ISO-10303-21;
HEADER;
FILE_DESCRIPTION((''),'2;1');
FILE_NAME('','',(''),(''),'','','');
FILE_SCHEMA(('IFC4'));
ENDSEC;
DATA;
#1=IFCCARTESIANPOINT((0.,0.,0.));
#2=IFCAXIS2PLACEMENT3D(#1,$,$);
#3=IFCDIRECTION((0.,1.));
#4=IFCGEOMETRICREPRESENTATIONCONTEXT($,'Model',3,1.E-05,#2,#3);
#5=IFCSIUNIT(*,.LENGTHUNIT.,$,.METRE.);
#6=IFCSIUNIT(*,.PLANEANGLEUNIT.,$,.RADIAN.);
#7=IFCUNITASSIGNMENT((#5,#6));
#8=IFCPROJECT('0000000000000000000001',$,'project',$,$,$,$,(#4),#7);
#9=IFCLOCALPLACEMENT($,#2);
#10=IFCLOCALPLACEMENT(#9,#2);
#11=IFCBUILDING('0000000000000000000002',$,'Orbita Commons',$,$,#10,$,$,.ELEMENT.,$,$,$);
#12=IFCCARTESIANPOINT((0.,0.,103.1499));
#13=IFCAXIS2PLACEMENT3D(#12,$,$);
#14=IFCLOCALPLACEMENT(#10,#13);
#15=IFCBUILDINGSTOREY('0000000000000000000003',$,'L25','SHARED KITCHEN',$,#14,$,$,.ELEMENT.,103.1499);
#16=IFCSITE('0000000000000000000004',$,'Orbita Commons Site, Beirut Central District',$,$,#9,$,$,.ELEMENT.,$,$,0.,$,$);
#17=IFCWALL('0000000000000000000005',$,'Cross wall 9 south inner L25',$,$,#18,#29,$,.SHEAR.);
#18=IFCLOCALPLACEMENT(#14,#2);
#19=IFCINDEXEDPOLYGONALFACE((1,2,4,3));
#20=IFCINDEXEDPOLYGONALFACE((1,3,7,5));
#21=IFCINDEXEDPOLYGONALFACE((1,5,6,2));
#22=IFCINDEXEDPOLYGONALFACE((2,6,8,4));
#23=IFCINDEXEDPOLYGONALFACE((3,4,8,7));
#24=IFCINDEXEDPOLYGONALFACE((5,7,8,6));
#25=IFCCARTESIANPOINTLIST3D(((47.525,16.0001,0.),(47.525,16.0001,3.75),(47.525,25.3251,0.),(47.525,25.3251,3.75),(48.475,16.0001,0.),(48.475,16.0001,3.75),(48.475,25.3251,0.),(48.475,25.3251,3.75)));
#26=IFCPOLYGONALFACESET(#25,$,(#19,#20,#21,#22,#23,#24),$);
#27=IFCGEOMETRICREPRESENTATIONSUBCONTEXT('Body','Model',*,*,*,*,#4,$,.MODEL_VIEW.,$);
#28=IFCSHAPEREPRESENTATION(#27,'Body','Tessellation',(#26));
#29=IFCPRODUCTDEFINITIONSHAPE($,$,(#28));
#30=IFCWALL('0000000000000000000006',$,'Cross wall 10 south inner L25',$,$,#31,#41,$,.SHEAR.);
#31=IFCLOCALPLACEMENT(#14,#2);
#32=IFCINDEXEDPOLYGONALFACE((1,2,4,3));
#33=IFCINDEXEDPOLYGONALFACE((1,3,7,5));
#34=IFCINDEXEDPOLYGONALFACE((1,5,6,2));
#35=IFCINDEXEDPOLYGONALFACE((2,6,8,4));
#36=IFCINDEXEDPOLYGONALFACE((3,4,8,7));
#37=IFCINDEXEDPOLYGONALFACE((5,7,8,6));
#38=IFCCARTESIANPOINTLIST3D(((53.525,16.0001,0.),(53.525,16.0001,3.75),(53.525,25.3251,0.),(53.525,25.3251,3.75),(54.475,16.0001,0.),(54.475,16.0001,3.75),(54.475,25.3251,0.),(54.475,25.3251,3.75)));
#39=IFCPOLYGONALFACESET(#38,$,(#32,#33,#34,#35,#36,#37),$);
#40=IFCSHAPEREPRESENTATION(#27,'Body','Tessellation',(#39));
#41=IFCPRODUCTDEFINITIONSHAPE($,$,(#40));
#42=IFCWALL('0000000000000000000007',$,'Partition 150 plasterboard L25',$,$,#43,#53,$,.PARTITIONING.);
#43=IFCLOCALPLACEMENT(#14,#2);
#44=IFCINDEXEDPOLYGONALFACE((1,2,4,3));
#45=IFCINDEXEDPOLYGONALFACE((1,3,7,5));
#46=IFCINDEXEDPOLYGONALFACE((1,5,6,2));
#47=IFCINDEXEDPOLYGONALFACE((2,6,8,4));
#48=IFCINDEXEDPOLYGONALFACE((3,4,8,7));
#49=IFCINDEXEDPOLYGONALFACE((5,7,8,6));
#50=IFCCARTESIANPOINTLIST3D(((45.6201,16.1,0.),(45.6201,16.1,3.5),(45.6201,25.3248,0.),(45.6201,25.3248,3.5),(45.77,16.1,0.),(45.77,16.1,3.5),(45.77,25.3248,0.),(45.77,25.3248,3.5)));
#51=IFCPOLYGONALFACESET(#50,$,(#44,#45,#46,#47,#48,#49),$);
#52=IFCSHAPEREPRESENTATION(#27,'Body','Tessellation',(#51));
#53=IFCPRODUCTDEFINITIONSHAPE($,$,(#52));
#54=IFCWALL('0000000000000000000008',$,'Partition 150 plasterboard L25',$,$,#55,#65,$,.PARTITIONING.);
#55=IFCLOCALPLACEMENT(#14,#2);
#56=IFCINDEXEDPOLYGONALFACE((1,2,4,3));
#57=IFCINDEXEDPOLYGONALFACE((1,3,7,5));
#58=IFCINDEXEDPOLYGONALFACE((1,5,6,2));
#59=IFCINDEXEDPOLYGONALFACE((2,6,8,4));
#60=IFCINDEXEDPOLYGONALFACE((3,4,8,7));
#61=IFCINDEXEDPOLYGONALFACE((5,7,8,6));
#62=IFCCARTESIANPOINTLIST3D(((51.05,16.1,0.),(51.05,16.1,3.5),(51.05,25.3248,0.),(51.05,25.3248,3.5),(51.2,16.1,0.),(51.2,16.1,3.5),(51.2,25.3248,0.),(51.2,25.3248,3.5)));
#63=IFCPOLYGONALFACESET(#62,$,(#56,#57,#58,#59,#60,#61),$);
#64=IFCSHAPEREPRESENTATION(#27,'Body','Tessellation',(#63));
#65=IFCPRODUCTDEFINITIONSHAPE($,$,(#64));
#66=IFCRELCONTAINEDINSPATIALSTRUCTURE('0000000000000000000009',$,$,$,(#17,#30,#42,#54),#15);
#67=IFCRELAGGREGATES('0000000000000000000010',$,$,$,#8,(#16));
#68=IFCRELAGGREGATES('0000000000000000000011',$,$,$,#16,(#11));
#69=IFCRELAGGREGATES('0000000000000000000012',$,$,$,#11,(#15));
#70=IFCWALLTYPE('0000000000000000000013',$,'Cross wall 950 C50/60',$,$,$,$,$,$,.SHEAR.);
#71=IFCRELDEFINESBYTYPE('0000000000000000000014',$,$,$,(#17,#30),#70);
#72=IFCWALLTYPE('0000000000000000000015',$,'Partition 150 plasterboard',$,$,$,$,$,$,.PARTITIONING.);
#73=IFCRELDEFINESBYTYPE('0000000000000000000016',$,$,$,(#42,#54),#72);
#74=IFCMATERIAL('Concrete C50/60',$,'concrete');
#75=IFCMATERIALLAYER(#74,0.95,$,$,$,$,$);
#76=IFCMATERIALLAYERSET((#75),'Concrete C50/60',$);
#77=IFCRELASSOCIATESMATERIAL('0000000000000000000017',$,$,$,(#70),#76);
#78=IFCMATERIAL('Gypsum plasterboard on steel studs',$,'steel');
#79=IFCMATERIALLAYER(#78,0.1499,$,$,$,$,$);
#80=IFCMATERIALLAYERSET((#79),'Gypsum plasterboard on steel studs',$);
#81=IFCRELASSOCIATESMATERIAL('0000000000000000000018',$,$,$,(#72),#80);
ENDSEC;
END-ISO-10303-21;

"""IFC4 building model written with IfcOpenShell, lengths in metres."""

from ifc_helpers import new_model, si_unit, direction, frame, frame_2d, origin, place, context, subcontext, project, spatial, rectangle, extrude, material, layer, layer_set, type_object, element, save


model = new_model("IFC4")

# Units and contexts
model_context = context("Model", 3, precision=1e-05, world=origin(), true_north=direction((0.0, 1.0)))
body_context = subcontext(model_context, "Body", "Model", "MODEL_VIEW")
ifc_project = project(units=[si_unit("LENGTHUNIT", "METRE"), si_unit("PLANEANGLEUNIT", "RADIAN")], contexts=[model_context])

# Site, building, storey
site_placement = place(None, origin())
site = spatial("IfcSite", under=ifc_project, at=site_placement, Name="Orbita Commons Site, Beirut Central District", CompositionType="ELEMENT", RefElevation=0.0)
building_placement = place(site_placement, origin())
building = spatial("IfcBuilding", under=site, at=building_placement, Name="Orbita Commons", CompositionType="ELEMENT")
storey_placement = place(building_placement, frame((0.0, 0.0, 103.1499)))
storey = spatial("IfcBuildingStorey", under=building, at=storey_placement, Name="L25", Description="SHARED KITCHEN", CompositionType="ELEMENT", Elevation=103.1499)

# Walls
ifc_material_1 = material(Name="Concrete C50/60", Category="concrete")
ifc_layer_1 = layer(ifc_material_1, 0.95)
ifc_layer_set_1 = layer_set([ifc_layer_1], Name="Concrete C50/60")
wall_type_1 = type_object("IfcWallType", Name="Cross wall 950 C50/60", PredefinedType="SHEAR", material=ifc_layer_set_1)
for number, where, z_axis, x_axis, name in (
    (1, (48.0, 16.0, 0.0), (0.0, 0.0, 1.0), (0.0, 1.0, 0.0), "Cross wall 9 south inner L25"),
    (2, (54.0, 16.0, 0.0), (0.0, 0.0, 1.0), (0.0, 1.0, 0.0), "Cross wall 10 south inner L25"),
):
    element("IfcWall", number, at=place(storey_placement, frame(where, z_axis=z_axis, x_axis=x_axis)), inside=storey, type_object=wall_type_1, Name=name, PredefinedType="SHEAR", context=body_context, shape_type="SweptSolid", body=[
        extrude(rectangle(XDim=9.325, YDim=0.95, at=frame_2d((4.6626, 0.0))), origin(), (0.0, 0.0, 1.0), 3.75),
    ])
ifc_material_2 = material(Name="Gypsum plasterboard on steel studs", Category="steel")
ifc_layer_2 = layer(ifc_material_2, 0.1499)
ifc_layer_set_2 = layer_set([ifc_layer_2], Name="Gypsum plasterboard on steel studs")
wall_type_2 = type_object("IfcWallType", Name="Partition 150 plasterboard", PredefinedType="PARTITIONING", material=ifc_layer_set_2)
for number, where, z_axis, x_axis, name in (
    (3, (45.6951, 16.1001, 0.0), (0.0, 0.0, 1.0), (0.0, 1.0, 0.0), "Partition 150 plasterboard L25"),
    (4, (51.125, 16.1001, 0.0), (0.0, 0.0, 1.0), (0.0, 1.0, 0.0), "Partition 150 plasterboard L25"),
):
    element("IfcWall", number, at=place(storey_placement, frame(where, z_axis=z_axis, x_axis=x_axis)), inside=storey, type_object=wall_type_2, Name=name, PredefinedType="PARTITIONING", context=body_context, shape_type="SweptSolid", body=[
        extrude(rectangle(XDim=9.2249, YDim=0.1499, at=frame_2d((4.6123, 0.0))), origin(), (0.0, 0.0, 1.0), 3.5),
    ])

save(model, "model.ifc")
